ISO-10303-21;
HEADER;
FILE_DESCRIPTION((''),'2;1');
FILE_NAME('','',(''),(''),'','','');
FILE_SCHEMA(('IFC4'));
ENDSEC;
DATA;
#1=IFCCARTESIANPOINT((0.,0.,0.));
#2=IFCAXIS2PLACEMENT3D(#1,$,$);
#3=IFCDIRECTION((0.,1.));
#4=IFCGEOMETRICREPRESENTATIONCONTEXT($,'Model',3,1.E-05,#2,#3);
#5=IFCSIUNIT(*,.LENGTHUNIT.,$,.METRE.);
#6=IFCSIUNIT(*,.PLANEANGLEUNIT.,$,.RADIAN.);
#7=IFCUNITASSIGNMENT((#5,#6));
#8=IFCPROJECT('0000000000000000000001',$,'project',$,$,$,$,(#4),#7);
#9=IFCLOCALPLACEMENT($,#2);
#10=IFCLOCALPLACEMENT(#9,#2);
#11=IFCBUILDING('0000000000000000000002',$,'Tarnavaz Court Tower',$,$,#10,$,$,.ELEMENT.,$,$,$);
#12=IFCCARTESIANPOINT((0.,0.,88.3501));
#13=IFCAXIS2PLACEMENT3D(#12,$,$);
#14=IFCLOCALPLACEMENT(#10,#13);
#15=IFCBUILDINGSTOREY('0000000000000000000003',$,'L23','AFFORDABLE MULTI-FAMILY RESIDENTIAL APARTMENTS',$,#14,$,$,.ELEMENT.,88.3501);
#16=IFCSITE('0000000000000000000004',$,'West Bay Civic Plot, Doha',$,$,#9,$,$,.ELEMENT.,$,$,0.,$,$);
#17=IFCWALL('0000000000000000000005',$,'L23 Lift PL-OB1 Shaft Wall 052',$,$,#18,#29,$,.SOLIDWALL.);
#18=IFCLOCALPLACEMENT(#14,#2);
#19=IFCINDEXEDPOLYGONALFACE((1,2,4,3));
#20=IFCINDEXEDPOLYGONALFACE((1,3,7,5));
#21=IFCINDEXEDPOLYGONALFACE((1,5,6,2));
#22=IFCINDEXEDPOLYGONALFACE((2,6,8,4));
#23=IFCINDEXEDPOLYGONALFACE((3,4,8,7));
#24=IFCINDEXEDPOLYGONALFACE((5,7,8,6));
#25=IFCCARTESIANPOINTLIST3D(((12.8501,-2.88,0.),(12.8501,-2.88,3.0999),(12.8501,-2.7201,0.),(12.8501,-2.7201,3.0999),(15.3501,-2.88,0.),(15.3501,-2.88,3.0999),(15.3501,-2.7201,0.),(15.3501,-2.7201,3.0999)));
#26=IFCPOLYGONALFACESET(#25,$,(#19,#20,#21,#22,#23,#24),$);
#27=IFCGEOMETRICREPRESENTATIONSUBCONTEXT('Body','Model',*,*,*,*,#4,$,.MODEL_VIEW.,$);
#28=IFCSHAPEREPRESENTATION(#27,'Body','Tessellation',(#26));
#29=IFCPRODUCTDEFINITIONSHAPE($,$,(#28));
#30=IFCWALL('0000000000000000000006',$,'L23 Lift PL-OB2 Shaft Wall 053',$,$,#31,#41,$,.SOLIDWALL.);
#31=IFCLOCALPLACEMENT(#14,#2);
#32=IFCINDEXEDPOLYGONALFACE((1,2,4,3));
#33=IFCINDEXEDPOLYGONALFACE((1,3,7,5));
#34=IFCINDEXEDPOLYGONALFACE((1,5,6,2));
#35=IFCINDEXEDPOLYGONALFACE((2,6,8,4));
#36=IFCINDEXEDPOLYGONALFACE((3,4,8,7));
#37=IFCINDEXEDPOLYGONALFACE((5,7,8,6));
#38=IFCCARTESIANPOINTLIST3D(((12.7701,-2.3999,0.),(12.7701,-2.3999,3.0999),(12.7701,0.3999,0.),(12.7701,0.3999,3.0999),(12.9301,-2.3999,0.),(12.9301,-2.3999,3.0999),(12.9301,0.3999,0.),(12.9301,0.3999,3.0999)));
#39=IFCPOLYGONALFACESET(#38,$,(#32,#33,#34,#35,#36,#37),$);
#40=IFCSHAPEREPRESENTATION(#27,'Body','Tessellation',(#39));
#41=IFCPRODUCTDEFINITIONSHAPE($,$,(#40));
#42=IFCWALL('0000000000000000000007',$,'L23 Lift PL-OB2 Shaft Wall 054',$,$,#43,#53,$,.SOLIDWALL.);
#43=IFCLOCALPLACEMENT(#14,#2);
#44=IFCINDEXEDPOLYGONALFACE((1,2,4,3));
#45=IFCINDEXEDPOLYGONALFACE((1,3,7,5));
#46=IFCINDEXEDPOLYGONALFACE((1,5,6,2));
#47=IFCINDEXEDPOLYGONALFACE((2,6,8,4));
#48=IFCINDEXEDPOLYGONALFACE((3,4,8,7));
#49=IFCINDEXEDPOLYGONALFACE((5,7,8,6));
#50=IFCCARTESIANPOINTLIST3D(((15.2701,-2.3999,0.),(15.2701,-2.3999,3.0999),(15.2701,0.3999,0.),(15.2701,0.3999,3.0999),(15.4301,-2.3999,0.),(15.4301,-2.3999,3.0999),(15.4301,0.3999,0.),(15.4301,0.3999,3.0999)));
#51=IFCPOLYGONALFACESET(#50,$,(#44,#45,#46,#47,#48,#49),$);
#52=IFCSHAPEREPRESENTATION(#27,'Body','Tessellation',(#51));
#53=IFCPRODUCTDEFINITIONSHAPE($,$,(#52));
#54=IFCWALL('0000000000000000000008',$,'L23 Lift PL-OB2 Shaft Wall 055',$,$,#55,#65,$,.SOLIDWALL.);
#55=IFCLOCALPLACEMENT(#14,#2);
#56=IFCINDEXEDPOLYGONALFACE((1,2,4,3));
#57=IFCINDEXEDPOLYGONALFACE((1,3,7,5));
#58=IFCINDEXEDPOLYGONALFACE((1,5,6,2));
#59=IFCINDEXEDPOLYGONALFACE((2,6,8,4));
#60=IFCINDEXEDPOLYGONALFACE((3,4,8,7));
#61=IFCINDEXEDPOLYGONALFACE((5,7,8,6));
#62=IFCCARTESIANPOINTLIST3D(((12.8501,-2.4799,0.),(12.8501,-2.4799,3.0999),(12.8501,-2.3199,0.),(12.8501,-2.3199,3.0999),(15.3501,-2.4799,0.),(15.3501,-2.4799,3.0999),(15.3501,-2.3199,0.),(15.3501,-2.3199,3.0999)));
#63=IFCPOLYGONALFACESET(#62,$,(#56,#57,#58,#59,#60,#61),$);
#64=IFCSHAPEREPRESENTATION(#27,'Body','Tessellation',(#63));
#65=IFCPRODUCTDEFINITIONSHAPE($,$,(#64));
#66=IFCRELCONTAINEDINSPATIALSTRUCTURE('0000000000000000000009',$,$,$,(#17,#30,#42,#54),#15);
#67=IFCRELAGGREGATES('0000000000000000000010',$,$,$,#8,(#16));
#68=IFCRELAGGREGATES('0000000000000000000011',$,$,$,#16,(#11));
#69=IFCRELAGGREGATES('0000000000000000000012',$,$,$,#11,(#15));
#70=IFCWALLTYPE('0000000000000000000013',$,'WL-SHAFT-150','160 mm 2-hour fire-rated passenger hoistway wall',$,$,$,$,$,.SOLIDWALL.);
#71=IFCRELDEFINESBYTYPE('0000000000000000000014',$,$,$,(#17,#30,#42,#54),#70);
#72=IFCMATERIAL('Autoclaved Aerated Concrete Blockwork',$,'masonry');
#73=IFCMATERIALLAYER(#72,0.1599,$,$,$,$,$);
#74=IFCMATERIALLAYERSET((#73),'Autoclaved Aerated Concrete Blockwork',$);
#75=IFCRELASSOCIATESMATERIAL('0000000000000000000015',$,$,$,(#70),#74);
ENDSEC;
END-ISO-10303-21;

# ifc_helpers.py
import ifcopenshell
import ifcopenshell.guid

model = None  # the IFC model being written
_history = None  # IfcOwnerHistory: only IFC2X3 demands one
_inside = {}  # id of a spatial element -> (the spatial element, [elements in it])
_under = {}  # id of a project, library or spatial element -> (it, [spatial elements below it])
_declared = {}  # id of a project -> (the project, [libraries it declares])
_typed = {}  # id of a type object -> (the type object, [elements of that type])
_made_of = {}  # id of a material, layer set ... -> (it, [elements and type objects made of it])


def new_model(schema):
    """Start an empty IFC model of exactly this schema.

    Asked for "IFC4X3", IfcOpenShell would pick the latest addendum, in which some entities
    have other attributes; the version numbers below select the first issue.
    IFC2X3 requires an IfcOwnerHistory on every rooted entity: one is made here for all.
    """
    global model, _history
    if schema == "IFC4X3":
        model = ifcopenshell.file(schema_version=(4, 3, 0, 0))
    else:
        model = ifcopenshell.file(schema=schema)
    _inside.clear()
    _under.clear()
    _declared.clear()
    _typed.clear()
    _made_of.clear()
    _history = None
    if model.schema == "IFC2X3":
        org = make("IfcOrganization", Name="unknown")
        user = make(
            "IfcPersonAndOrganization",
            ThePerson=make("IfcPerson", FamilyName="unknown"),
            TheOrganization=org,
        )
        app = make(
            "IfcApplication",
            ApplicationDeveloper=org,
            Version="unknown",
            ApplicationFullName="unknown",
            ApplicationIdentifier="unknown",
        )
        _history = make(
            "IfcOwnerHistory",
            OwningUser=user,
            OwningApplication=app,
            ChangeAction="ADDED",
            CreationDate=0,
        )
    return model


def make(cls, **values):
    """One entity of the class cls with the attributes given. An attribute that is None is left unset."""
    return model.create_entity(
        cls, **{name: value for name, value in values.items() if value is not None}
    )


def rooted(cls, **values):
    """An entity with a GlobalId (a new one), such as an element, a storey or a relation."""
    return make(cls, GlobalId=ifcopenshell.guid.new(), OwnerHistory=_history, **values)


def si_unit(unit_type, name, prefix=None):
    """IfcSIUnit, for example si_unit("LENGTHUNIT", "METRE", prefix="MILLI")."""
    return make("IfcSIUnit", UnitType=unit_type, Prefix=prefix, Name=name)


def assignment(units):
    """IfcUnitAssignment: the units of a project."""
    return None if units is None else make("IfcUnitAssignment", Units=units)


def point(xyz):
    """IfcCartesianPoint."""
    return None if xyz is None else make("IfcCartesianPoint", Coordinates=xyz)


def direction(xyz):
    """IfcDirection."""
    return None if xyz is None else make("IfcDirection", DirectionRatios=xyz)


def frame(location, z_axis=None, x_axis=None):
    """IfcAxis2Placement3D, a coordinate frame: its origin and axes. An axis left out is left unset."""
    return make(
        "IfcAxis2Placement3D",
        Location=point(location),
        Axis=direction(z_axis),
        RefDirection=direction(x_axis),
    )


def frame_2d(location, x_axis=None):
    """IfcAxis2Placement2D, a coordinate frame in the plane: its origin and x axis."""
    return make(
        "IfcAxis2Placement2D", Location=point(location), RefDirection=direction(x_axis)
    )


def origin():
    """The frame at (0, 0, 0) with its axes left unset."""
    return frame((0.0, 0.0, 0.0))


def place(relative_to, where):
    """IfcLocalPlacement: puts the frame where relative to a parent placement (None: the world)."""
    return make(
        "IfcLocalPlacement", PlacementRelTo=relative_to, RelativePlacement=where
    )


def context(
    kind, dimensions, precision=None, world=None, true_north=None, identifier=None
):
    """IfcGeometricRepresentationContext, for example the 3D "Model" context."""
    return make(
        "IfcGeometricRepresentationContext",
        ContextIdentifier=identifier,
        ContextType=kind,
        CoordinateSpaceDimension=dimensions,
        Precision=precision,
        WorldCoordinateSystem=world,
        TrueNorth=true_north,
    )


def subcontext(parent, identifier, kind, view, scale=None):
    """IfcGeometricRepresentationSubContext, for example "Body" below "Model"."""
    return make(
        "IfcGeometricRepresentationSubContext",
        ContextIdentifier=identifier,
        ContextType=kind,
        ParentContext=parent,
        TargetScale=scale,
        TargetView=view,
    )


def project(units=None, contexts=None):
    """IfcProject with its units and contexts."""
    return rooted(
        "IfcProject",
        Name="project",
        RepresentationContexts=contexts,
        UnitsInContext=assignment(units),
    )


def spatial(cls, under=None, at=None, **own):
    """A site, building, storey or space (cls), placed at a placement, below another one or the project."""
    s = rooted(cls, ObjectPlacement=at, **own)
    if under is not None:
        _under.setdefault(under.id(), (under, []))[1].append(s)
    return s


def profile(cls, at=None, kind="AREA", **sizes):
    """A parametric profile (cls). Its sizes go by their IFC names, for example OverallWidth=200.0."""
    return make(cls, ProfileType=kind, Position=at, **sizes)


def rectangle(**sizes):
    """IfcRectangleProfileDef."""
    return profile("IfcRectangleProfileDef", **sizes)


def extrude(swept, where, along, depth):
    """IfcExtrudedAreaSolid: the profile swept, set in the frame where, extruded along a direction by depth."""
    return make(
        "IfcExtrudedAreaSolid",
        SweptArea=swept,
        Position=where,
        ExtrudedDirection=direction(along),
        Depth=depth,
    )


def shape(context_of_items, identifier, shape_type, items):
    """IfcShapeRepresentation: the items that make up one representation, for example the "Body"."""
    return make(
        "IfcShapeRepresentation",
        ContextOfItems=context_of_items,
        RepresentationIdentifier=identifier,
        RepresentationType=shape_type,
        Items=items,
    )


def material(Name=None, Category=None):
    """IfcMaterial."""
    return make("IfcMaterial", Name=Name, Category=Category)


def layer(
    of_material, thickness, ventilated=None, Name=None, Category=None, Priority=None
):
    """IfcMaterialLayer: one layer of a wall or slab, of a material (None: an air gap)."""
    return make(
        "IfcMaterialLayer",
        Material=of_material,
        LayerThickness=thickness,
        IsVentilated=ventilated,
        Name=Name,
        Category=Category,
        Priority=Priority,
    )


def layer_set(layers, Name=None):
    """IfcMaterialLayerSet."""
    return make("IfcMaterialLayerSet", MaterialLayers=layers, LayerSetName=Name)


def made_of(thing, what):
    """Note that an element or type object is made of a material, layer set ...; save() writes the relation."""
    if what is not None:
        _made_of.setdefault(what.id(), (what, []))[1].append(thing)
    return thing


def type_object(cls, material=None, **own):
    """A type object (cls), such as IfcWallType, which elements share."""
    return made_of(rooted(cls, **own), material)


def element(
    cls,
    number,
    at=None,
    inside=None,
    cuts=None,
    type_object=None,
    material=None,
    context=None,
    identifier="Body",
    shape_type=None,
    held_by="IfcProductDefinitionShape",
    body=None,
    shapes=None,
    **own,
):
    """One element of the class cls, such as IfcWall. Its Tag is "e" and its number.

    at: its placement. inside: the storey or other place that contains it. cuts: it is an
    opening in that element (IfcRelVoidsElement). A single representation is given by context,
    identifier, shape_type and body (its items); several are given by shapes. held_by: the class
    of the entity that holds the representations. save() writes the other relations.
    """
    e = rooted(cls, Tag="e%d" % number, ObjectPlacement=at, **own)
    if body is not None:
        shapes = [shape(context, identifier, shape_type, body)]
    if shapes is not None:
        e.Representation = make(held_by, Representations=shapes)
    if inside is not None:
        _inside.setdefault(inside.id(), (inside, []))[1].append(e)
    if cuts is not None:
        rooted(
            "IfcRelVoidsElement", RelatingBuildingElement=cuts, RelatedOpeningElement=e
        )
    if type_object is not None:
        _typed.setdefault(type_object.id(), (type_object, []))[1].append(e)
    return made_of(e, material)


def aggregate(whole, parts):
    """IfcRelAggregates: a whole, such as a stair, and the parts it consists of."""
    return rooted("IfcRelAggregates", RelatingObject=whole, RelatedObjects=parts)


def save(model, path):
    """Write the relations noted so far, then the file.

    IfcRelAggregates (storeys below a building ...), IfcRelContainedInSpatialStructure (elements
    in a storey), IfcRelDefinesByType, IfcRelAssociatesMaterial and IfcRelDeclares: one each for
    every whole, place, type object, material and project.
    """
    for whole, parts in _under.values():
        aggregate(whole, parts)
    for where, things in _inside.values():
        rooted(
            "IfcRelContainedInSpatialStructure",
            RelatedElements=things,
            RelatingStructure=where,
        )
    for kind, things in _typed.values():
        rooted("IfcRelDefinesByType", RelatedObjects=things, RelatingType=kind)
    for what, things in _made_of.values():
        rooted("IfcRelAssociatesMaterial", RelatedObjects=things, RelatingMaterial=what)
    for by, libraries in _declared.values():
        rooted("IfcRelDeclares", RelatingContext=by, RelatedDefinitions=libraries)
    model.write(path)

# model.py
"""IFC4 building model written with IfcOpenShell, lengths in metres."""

from ifc_helpers import new_model, si_unit, direction, frame, frame_2d, origin, place, context, subcontext, project, spatial, rectangle, extrude, material, layer, layer_set, type_object, element, save


model = new_model("IFC4")

# Units and contexts
model_context = context("Model", 3, precision=1e-05, world=origin(), true_north=direction((0.0, 1.0)))
body_context = subcontext(model_context, "Body", "Model", "MODEL_VIEW")
ifc_project = project(units=[si_unit("LENGTHUNIT", "METRE"), si_unit("PLANEANGLEUNIT", "RADIAN")], contexts=[model_context])

# Site, building, storey
site_placement = place(None, origin())
site = spatial("IfcSite", under=ifc_project, at=site_placement, Name="West Bay Civic Plot, Doha", CompositionType="ELEMENT", RefElevation=0.0)
building_placement = place(site_placement, origin())
building = spatial("IfcBuilding", under=site, at=building_placement, Name="Tarnavaz Court Tower", CompositionType="ELEMENT")
storey_placement = place(building_placement, frame((0.0, 0.0, 88.3501)))
storey = spatial("IfcBuildingStorey", under=building, at=storey_placement, Name="L23", Description="AFFORDABLE MULTI-FAMILY RESIDENTIAL APARTMENTS", CompositionType="ELEMENT", Elevation=88.3501)

# Walls
ifc_material_1 = material(Name="Autoclaved Aerated Concrete Blockwork", Category="masonry")
ifc_layer_1 = layer(ifc_material_1, 0.1599)
ifc_layer_set_1 = layer_set([ifc_layer_1], Name="Autoclaved Aerated Concrete Blockwork")
wall_type_1 = type_object("IfcWallType", Name="WL-SHAFT-150", Description="160 mm 2-hour fire-rated passenger hoistway wall", PredefinedType="SOLIDWALL", material=ifc_layer_set_1)
for number, where, z_axis, x_axis, name in (
    (1, (12.8501, -2.8, 0.0), (0.0, 0.0, 1.0), (1.0, 0.0, 0.0), "L23 Lift PL-OB1 Shaft Wall 052"),
):
    element("IfcWall", number, at=place(storey_placement, frame(where, z_axis=z_axis, x_axis=x_axis)), inside=storey, type_object=wall_type_1, Name=name, PredefinedType="SOLIDWALL", context=body_context, shape_type="SweptSolid", body=[
        extrude(rectangle(XDim=2.5, YDim=0.1599, at=frame_2d((1.25, 0.0))), origin(), (0.0, 0.0, 1.0), 3.0999),
    ])
for number, where, z_axis, x_axis, name in (
    (2, (12.8501, -2.3999, 0.0), (0.0, 0.0, 1.0), (0.0, 1.0, 0.0), "L23 Lift PL-OB2 Shaft Wall 053"),
    (3, (15.3501, -2.3999, 0.0), (0.0, 0.0, 1.0), (0.0, 1.0, 0.0), "L23 Lift PL-OB2 Shaft Wall 054"),
):
    element("IfcWall", number, at=place(storey_placement, frame(where, z_axis=z_axis, x_axis=x_axis)), inside=storey, type_object=wall_type_1, Name=name, PredefinedType="SOLIDWALL", context=body_context, shape_type="SweptSolid", body=[
        extrude(rectangle(XDim=2.7998, YDim=0.1599, at=frame_2d((1.3999, 0.0))), origin(), (0.0, 0.0, 1.0), 3.0999),
    ])
wall_1_placement = place(storey_placement, frame((12.8501, -2.3999, 0.0), z_axis=(0.0, 0.0, 1.0), x_axis=(1.0, 0.0, 0.0)))
element("IfcWall", 4, at=wall_1_placement, inside=storey, type_object=wall_type_1, Name="L23 Lift PL-OB2 Shaft Wall 055", PredefinedType="SOLIDWALL", context=body_context, shape_type="SweptSolid", body=[
    extrude(rectangle(XDim=2.5, YDim=0.1599, at=frame_2d((1.25, 0.0))), origin(), (0.0, 0.0, 1.0), 3.0999),
])

save(model, "model.ifc")
